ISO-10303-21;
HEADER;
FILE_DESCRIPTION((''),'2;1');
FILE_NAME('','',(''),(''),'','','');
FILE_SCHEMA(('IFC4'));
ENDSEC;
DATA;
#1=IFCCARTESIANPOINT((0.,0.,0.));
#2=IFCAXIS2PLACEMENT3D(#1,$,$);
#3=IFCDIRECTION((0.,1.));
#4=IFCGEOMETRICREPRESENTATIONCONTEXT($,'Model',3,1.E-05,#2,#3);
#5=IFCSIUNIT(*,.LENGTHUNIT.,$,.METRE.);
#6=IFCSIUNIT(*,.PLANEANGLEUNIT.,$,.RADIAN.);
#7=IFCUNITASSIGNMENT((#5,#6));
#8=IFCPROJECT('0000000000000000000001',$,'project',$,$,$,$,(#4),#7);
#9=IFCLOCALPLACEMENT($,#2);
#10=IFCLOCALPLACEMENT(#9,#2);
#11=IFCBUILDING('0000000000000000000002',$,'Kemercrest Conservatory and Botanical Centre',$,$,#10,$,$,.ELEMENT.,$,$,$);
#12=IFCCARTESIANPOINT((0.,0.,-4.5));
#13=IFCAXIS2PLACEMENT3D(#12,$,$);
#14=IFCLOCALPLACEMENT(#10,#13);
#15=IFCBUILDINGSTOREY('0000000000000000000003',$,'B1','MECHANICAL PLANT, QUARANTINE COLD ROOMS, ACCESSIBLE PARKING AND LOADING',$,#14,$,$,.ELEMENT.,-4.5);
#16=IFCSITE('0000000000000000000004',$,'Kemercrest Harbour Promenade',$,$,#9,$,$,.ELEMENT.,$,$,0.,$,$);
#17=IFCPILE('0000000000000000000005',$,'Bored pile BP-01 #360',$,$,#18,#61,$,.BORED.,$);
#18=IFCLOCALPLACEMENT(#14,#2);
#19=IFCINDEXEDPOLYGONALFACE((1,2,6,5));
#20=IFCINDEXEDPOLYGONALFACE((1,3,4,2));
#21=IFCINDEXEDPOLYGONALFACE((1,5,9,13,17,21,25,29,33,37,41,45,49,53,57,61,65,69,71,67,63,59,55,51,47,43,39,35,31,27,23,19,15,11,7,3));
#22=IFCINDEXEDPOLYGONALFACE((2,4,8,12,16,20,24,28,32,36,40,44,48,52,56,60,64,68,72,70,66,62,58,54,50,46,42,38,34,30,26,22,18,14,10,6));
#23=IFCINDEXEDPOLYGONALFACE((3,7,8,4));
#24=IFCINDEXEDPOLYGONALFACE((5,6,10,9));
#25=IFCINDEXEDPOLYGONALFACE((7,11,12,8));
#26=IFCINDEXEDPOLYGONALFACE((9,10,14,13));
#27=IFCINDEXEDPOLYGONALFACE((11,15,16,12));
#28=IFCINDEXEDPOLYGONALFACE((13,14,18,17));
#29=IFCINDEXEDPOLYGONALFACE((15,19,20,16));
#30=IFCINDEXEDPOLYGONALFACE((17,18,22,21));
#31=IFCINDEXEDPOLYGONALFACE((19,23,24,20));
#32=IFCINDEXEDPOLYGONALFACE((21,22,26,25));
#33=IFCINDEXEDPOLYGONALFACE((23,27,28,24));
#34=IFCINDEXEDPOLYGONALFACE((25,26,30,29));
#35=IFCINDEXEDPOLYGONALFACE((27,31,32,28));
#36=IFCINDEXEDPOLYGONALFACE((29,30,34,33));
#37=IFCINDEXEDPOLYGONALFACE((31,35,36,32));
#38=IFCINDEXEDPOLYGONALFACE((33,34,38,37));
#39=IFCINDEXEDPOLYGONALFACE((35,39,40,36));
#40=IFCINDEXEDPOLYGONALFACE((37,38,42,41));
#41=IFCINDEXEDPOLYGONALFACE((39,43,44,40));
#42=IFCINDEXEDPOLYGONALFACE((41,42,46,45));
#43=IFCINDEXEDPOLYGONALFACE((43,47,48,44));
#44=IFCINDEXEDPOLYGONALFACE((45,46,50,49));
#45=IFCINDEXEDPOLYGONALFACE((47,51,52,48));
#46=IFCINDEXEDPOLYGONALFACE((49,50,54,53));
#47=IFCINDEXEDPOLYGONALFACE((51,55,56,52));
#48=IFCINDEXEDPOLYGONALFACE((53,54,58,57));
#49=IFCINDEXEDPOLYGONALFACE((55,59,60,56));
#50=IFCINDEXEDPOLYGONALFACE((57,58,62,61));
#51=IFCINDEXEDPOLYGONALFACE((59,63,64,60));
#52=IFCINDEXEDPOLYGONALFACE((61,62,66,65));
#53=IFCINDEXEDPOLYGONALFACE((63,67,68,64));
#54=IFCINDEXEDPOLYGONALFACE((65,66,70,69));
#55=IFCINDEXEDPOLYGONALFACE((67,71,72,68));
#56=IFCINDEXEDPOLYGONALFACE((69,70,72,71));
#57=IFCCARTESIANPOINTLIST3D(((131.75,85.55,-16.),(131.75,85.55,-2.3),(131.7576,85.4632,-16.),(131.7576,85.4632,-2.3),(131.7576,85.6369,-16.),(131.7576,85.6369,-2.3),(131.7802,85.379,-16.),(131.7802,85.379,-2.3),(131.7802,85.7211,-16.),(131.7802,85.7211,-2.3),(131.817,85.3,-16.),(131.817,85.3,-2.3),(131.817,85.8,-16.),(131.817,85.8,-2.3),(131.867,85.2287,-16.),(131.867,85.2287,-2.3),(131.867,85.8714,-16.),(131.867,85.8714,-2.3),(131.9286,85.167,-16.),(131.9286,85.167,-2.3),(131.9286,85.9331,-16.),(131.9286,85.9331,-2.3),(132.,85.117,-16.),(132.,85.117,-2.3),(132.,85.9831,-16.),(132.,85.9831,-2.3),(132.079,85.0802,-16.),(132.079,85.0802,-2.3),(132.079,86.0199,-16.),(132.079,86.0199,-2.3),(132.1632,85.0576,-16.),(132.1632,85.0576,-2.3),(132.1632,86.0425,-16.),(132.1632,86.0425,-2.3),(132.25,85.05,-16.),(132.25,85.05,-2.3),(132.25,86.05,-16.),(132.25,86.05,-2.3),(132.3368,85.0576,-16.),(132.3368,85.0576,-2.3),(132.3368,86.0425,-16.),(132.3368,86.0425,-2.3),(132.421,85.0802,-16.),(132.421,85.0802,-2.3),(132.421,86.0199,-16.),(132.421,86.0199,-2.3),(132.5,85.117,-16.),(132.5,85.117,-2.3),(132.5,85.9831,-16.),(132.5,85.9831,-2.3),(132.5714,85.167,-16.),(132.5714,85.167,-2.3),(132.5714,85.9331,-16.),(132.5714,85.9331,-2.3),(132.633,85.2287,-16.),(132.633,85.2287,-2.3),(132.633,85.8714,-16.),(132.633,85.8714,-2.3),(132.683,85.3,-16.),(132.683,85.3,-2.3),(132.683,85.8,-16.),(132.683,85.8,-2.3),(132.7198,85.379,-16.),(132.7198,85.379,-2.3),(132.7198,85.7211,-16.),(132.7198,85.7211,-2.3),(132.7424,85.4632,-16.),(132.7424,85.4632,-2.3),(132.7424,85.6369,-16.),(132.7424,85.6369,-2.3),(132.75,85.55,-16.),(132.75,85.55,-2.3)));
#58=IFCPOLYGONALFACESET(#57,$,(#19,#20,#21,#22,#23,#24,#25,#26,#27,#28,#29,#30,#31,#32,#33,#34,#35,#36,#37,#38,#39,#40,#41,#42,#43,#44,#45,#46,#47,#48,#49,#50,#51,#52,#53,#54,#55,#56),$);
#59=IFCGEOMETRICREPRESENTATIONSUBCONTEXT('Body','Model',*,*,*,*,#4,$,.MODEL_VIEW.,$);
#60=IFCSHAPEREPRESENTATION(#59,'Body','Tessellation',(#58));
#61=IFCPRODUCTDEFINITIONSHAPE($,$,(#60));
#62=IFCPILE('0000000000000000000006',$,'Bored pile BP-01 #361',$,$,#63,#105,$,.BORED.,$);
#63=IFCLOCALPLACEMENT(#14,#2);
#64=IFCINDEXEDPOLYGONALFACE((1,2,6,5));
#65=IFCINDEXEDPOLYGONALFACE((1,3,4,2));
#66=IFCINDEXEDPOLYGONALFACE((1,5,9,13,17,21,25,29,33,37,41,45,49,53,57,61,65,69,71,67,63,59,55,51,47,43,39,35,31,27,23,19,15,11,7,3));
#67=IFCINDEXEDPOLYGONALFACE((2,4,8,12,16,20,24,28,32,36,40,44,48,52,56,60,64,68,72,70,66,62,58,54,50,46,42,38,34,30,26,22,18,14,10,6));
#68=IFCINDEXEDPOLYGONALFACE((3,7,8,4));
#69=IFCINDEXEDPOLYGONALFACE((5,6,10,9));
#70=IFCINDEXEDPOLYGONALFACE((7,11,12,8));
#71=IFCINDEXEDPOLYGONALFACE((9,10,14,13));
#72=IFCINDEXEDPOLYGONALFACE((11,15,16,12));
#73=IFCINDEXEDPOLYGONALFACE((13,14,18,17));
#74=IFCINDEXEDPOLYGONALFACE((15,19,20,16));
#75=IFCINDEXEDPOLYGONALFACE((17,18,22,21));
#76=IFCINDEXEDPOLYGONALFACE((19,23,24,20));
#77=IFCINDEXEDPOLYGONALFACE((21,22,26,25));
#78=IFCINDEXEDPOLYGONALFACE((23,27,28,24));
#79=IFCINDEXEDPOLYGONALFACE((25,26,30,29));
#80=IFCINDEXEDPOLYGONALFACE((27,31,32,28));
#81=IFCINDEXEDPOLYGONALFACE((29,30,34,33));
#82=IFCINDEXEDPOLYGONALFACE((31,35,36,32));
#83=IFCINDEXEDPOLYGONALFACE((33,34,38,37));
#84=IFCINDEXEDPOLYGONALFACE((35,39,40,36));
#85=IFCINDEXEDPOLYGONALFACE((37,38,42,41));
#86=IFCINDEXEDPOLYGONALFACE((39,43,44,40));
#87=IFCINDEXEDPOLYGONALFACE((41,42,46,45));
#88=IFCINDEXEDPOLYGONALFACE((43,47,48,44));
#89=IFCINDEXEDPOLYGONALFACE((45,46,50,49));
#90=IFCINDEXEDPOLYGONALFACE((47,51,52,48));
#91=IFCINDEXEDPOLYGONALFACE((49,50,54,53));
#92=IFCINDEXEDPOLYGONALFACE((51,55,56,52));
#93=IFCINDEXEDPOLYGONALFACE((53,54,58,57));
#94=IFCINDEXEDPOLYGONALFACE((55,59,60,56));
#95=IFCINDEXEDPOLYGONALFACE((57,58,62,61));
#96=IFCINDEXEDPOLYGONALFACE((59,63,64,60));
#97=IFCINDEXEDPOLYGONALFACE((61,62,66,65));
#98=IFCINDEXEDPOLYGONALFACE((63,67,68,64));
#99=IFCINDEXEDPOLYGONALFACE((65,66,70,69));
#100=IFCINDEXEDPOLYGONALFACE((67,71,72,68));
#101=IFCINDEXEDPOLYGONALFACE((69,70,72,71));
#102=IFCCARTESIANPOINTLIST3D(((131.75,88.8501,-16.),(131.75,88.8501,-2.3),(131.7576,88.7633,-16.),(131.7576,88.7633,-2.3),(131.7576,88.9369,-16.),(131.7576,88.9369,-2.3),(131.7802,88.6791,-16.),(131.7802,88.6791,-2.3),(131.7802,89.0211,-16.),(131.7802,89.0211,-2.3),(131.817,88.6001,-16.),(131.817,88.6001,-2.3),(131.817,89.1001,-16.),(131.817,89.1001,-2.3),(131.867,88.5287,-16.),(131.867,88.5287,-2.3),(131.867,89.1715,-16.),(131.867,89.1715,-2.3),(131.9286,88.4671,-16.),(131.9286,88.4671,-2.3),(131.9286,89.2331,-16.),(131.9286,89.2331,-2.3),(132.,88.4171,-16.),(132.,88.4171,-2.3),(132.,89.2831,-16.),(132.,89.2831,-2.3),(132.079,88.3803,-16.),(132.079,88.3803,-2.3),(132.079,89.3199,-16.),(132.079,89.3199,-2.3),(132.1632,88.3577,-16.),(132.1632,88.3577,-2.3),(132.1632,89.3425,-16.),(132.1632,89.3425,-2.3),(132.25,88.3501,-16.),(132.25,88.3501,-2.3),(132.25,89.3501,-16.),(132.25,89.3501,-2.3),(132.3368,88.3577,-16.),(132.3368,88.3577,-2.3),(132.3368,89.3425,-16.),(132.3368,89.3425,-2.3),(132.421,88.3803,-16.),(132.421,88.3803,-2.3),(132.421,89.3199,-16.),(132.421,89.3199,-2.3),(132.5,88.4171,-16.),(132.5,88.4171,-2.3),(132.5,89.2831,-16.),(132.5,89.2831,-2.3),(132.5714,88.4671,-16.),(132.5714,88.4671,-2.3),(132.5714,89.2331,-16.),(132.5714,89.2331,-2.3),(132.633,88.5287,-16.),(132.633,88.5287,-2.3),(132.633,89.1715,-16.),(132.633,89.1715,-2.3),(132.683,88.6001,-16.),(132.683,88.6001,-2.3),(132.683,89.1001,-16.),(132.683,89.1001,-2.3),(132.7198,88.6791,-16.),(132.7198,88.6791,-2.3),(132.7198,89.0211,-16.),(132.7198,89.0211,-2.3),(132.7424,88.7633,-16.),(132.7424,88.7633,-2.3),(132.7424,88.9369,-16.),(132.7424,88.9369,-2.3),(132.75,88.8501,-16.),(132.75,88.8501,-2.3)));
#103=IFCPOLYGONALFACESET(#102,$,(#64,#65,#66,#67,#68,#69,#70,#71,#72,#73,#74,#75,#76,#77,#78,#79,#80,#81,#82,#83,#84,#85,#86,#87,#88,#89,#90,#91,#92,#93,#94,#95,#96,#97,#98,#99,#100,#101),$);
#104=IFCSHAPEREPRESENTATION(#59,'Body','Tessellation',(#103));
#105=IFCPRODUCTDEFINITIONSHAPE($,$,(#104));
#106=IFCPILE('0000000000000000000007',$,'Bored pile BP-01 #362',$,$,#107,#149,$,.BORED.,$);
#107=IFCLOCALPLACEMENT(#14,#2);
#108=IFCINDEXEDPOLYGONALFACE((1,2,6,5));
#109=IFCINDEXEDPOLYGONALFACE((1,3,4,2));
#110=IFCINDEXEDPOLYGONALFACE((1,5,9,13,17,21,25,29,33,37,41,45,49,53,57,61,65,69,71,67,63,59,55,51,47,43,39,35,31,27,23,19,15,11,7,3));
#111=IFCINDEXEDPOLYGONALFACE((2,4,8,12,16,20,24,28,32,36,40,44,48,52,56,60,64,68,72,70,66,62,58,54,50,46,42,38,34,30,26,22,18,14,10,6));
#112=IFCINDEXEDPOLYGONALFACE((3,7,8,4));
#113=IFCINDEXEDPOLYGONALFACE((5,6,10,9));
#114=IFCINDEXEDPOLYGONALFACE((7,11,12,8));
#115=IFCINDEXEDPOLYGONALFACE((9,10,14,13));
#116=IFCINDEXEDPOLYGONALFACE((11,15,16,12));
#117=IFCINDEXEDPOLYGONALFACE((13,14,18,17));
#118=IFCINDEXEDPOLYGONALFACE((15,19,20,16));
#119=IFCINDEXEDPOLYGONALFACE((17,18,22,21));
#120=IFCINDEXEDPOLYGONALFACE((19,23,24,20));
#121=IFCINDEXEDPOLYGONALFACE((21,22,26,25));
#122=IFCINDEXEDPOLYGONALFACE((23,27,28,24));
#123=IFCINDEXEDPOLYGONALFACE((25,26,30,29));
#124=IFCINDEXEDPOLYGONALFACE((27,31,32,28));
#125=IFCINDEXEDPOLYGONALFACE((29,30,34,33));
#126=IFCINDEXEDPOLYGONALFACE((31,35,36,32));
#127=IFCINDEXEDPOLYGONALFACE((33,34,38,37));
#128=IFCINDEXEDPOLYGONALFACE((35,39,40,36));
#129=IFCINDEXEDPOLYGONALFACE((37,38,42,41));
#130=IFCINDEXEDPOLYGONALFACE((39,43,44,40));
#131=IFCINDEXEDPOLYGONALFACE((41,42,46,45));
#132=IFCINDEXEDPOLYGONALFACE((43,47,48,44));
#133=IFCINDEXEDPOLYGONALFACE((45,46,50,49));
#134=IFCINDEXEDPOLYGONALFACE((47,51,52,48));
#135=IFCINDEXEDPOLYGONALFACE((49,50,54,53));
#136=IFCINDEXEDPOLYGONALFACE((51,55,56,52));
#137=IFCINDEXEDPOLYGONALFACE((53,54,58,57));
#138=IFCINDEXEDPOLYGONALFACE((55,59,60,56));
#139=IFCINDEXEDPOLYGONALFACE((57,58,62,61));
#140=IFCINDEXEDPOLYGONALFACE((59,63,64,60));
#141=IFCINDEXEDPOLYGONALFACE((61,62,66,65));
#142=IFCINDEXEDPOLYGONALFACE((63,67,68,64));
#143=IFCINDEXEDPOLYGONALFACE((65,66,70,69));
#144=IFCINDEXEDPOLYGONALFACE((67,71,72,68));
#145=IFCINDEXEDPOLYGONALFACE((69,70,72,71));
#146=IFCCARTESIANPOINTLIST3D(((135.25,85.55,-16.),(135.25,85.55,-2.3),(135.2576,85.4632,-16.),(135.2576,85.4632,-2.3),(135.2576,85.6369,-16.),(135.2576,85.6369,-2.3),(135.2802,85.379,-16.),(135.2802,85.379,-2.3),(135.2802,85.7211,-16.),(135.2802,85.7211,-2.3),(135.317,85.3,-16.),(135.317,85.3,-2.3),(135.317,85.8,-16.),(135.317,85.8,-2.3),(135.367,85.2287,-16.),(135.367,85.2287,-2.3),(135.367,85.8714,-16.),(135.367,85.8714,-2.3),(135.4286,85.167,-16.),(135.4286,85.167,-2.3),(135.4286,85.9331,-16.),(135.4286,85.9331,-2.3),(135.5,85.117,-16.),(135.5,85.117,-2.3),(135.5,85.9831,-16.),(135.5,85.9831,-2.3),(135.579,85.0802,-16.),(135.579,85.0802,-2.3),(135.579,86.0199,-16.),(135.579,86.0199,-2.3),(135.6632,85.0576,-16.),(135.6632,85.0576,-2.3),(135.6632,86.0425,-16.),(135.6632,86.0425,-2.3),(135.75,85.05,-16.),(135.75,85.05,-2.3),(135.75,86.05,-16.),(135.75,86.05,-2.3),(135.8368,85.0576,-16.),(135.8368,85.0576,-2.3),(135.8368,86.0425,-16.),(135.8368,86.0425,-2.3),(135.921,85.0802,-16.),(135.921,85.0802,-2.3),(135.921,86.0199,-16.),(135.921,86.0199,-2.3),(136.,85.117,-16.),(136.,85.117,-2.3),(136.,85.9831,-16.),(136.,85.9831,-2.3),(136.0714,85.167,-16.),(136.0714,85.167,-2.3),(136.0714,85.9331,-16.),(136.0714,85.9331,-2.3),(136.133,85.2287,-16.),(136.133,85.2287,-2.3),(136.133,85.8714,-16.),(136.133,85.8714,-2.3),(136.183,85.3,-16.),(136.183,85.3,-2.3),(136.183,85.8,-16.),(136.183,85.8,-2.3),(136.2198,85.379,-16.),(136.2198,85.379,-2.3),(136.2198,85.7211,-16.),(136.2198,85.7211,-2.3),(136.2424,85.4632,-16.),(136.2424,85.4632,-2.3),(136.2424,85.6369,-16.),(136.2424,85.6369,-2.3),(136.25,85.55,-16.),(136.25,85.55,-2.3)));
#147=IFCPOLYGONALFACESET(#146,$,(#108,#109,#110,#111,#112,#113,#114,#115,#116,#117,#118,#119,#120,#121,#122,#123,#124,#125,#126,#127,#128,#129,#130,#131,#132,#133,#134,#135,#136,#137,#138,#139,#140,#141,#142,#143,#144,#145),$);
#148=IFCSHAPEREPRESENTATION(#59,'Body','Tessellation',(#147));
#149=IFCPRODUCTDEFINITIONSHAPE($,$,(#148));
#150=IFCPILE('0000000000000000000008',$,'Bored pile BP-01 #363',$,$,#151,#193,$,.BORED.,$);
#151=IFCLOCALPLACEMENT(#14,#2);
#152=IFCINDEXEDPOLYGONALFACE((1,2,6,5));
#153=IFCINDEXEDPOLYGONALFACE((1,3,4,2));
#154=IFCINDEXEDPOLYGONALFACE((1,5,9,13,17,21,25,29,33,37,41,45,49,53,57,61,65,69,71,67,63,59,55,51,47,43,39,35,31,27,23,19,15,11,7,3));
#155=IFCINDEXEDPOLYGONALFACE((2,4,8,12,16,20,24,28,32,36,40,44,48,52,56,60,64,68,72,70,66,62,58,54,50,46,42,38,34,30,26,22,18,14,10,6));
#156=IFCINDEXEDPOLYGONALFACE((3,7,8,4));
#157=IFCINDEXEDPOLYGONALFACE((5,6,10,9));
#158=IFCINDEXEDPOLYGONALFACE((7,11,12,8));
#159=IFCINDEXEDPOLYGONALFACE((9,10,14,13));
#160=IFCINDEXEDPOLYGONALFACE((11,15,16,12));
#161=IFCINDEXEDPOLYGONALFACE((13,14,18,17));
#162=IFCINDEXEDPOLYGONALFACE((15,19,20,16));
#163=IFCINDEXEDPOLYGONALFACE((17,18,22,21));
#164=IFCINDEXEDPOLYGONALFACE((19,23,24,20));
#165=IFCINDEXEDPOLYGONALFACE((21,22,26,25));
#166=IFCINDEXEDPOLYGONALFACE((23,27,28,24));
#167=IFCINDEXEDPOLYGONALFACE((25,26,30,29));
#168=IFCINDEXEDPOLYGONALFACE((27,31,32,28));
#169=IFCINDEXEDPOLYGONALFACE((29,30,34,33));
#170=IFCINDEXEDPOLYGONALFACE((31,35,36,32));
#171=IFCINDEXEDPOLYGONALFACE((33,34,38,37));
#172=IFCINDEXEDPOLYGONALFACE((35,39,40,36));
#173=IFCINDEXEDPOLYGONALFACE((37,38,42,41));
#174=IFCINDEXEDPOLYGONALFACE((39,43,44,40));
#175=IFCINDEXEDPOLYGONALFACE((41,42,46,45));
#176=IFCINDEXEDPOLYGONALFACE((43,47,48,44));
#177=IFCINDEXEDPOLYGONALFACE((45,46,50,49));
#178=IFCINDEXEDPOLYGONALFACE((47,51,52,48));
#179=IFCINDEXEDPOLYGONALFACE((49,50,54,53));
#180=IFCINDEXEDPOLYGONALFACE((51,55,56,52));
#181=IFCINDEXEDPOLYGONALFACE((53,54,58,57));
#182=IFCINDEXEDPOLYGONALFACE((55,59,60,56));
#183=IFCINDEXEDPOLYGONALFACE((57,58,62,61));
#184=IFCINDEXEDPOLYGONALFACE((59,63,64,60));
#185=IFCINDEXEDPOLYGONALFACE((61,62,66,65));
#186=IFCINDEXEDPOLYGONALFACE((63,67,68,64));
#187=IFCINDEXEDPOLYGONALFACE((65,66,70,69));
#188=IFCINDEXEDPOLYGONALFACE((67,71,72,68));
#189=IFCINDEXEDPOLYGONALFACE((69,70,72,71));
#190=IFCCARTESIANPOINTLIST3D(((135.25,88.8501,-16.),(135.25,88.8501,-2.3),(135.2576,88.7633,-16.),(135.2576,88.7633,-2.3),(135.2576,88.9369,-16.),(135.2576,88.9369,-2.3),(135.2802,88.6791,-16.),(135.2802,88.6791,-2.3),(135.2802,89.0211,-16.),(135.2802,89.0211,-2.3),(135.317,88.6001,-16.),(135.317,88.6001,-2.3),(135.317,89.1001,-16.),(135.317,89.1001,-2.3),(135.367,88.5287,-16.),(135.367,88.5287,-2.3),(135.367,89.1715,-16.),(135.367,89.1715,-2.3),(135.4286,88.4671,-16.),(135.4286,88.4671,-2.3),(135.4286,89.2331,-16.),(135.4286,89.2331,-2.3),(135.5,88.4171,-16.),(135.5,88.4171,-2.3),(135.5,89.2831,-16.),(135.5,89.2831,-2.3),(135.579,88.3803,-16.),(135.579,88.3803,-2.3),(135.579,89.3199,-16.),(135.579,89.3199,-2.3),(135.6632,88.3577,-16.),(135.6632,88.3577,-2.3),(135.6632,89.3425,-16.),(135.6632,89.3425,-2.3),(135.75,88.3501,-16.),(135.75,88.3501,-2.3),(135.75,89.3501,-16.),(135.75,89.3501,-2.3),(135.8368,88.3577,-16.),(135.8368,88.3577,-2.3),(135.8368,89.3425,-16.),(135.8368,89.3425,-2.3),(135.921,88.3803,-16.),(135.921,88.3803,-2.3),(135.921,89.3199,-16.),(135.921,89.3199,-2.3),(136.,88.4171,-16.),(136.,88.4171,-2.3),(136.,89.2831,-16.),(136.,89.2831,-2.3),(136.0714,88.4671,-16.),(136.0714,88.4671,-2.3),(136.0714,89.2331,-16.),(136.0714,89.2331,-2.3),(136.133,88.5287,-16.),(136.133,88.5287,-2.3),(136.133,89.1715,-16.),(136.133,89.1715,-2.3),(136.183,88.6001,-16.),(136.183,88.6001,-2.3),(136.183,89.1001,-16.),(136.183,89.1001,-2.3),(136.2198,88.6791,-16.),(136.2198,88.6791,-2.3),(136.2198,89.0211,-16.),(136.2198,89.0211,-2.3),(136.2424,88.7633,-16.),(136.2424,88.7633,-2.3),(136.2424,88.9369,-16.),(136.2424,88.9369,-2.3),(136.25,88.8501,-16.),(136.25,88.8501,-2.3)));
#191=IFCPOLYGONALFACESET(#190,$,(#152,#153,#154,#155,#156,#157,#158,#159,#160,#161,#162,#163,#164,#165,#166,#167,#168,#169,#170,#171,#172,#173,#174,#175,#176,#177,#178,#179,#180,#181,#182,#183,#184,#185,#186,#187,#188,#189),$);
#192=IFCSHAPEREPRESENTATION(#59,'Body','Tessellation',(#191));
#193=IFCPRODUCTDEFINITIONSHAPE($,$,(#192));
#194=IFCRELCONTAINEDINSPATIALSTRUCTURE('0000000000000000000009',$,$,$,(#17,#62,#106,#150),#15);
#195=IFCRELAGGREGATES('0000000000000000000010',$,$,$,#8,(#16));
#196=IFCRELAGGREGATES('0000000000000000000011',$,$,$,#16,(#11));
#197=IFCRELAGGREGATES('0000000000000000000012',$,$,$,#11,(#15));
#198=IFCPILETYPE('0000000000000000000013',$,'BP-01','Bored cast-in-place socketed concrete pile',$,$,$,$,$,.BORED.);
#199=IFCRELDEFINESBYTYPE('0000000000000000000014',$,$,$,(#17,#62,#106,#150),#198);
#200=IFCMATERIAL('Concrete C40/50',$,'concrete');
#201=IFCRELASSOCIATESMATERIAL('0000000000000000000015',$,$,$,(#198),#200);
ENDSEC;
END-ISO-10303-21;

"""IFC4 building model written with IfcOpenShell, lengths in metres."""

from ifc_helpers import new_model, si_unit, direction, frame, origin, origin_2d, place, context, subcontext, project, spatial, circle, extrude, material, material_profile, profile_set, type_object, element, save


model = new_model("IFC4")

# Units and contexts
model_context = context("Model", 3, precision=1e-05, world=origin(), true_north=direction((0.0, 1.0)))
body_context = subcontext(model_context, "Body", "Model", "MODEL_VIEW")
ifc_project = project(units=[si_unit("LENGTHUNIT", "METRE"), si_unit("PLANEANGLEUNIT", "RADIAN")], contexts=[model_context])

# Site, building, storey
site_placement = place(None, origin())
site = spatial("IfcSite", under=ifc_project, at=site_placement, Name="Kemercrest Harbour Promenade", CompositionType="ELEMENT", RefElevation=0.0)
building_placement = place(site_placement, origin())
building = spatial("IfcBuilding", under=site, at=building_placement, Name="Kemercrest Conservatory and Botanical Centre", CompositionType="ELEMENT")
storey_placement = place(building_placement, frame((0.0, 0.0, -4.5)))
storey = spatial("IfcBuildingStorey", under=building, at=storey_placement, Name="B1", Description="MECHANICAL PLANT, QUARANTINE COLD ROOMS, ACCESSIBLE PARKING AND LOADING", CompositionType="ELEMENT", Elevation=-4.5)

# Piles
ifc_material_1 = material(Name="Concrete C40/50", Category="concrete")
ifc_material_profile_1 = material_profile(ifc_material_1, circle(Radius=0.5, at=origin_2d()), Name="BORED PILE 1000")
ifc_profile_set_1 = profile_set([ifc_material_profile_1], Name="Concrete C40/50")
pile_type = type_object("IfcPileType", Name="BP-01", Description="Bored cast-in-place socketed concrete pile", PredefinedType="BORED", material=ifc_profile_set_1)
for number, where, z_axis, x_axis, name in (
    (1, (132.25, 85.55, -2.3), (0.0, 0.0, -1.0), (1.0, 0.0, 0.0), "Bored pile BP-01 #360"),
    (2, (132.25, 88.8501, -2.3), (0.0, 0.0, -1.0), (1.0, 0.0, 0.0), "Bored pile BP-01 #361"),
    (3, (135.75, 85.55, -2.3), (0.0, 0.0, -1.0), (1.0, 0.0, 0.0), "Bored pile BP-01 #362"),
    (4, (135.75, 88.8501, -2.3), (0.0, 0.0, -1.0), (1.0, 0.0, 0.0), "Bored pile BP-01 #363"),
):
    element("IfcPile", number, at=place(storey_placement, frame(where, z_axis=z_axis, x_axis=x_axis)), inside=storey, type_object=pile_type, Name=name, PredefinedType="BORED", context=body_context, shape_type="SweptSolid", body=[
        extrude(circle(Radius=0.5, at=origin_2d()), origin(), (0.0, 0.0, 1.0), 13.7),
    ])

save(model, "model.ifc")
